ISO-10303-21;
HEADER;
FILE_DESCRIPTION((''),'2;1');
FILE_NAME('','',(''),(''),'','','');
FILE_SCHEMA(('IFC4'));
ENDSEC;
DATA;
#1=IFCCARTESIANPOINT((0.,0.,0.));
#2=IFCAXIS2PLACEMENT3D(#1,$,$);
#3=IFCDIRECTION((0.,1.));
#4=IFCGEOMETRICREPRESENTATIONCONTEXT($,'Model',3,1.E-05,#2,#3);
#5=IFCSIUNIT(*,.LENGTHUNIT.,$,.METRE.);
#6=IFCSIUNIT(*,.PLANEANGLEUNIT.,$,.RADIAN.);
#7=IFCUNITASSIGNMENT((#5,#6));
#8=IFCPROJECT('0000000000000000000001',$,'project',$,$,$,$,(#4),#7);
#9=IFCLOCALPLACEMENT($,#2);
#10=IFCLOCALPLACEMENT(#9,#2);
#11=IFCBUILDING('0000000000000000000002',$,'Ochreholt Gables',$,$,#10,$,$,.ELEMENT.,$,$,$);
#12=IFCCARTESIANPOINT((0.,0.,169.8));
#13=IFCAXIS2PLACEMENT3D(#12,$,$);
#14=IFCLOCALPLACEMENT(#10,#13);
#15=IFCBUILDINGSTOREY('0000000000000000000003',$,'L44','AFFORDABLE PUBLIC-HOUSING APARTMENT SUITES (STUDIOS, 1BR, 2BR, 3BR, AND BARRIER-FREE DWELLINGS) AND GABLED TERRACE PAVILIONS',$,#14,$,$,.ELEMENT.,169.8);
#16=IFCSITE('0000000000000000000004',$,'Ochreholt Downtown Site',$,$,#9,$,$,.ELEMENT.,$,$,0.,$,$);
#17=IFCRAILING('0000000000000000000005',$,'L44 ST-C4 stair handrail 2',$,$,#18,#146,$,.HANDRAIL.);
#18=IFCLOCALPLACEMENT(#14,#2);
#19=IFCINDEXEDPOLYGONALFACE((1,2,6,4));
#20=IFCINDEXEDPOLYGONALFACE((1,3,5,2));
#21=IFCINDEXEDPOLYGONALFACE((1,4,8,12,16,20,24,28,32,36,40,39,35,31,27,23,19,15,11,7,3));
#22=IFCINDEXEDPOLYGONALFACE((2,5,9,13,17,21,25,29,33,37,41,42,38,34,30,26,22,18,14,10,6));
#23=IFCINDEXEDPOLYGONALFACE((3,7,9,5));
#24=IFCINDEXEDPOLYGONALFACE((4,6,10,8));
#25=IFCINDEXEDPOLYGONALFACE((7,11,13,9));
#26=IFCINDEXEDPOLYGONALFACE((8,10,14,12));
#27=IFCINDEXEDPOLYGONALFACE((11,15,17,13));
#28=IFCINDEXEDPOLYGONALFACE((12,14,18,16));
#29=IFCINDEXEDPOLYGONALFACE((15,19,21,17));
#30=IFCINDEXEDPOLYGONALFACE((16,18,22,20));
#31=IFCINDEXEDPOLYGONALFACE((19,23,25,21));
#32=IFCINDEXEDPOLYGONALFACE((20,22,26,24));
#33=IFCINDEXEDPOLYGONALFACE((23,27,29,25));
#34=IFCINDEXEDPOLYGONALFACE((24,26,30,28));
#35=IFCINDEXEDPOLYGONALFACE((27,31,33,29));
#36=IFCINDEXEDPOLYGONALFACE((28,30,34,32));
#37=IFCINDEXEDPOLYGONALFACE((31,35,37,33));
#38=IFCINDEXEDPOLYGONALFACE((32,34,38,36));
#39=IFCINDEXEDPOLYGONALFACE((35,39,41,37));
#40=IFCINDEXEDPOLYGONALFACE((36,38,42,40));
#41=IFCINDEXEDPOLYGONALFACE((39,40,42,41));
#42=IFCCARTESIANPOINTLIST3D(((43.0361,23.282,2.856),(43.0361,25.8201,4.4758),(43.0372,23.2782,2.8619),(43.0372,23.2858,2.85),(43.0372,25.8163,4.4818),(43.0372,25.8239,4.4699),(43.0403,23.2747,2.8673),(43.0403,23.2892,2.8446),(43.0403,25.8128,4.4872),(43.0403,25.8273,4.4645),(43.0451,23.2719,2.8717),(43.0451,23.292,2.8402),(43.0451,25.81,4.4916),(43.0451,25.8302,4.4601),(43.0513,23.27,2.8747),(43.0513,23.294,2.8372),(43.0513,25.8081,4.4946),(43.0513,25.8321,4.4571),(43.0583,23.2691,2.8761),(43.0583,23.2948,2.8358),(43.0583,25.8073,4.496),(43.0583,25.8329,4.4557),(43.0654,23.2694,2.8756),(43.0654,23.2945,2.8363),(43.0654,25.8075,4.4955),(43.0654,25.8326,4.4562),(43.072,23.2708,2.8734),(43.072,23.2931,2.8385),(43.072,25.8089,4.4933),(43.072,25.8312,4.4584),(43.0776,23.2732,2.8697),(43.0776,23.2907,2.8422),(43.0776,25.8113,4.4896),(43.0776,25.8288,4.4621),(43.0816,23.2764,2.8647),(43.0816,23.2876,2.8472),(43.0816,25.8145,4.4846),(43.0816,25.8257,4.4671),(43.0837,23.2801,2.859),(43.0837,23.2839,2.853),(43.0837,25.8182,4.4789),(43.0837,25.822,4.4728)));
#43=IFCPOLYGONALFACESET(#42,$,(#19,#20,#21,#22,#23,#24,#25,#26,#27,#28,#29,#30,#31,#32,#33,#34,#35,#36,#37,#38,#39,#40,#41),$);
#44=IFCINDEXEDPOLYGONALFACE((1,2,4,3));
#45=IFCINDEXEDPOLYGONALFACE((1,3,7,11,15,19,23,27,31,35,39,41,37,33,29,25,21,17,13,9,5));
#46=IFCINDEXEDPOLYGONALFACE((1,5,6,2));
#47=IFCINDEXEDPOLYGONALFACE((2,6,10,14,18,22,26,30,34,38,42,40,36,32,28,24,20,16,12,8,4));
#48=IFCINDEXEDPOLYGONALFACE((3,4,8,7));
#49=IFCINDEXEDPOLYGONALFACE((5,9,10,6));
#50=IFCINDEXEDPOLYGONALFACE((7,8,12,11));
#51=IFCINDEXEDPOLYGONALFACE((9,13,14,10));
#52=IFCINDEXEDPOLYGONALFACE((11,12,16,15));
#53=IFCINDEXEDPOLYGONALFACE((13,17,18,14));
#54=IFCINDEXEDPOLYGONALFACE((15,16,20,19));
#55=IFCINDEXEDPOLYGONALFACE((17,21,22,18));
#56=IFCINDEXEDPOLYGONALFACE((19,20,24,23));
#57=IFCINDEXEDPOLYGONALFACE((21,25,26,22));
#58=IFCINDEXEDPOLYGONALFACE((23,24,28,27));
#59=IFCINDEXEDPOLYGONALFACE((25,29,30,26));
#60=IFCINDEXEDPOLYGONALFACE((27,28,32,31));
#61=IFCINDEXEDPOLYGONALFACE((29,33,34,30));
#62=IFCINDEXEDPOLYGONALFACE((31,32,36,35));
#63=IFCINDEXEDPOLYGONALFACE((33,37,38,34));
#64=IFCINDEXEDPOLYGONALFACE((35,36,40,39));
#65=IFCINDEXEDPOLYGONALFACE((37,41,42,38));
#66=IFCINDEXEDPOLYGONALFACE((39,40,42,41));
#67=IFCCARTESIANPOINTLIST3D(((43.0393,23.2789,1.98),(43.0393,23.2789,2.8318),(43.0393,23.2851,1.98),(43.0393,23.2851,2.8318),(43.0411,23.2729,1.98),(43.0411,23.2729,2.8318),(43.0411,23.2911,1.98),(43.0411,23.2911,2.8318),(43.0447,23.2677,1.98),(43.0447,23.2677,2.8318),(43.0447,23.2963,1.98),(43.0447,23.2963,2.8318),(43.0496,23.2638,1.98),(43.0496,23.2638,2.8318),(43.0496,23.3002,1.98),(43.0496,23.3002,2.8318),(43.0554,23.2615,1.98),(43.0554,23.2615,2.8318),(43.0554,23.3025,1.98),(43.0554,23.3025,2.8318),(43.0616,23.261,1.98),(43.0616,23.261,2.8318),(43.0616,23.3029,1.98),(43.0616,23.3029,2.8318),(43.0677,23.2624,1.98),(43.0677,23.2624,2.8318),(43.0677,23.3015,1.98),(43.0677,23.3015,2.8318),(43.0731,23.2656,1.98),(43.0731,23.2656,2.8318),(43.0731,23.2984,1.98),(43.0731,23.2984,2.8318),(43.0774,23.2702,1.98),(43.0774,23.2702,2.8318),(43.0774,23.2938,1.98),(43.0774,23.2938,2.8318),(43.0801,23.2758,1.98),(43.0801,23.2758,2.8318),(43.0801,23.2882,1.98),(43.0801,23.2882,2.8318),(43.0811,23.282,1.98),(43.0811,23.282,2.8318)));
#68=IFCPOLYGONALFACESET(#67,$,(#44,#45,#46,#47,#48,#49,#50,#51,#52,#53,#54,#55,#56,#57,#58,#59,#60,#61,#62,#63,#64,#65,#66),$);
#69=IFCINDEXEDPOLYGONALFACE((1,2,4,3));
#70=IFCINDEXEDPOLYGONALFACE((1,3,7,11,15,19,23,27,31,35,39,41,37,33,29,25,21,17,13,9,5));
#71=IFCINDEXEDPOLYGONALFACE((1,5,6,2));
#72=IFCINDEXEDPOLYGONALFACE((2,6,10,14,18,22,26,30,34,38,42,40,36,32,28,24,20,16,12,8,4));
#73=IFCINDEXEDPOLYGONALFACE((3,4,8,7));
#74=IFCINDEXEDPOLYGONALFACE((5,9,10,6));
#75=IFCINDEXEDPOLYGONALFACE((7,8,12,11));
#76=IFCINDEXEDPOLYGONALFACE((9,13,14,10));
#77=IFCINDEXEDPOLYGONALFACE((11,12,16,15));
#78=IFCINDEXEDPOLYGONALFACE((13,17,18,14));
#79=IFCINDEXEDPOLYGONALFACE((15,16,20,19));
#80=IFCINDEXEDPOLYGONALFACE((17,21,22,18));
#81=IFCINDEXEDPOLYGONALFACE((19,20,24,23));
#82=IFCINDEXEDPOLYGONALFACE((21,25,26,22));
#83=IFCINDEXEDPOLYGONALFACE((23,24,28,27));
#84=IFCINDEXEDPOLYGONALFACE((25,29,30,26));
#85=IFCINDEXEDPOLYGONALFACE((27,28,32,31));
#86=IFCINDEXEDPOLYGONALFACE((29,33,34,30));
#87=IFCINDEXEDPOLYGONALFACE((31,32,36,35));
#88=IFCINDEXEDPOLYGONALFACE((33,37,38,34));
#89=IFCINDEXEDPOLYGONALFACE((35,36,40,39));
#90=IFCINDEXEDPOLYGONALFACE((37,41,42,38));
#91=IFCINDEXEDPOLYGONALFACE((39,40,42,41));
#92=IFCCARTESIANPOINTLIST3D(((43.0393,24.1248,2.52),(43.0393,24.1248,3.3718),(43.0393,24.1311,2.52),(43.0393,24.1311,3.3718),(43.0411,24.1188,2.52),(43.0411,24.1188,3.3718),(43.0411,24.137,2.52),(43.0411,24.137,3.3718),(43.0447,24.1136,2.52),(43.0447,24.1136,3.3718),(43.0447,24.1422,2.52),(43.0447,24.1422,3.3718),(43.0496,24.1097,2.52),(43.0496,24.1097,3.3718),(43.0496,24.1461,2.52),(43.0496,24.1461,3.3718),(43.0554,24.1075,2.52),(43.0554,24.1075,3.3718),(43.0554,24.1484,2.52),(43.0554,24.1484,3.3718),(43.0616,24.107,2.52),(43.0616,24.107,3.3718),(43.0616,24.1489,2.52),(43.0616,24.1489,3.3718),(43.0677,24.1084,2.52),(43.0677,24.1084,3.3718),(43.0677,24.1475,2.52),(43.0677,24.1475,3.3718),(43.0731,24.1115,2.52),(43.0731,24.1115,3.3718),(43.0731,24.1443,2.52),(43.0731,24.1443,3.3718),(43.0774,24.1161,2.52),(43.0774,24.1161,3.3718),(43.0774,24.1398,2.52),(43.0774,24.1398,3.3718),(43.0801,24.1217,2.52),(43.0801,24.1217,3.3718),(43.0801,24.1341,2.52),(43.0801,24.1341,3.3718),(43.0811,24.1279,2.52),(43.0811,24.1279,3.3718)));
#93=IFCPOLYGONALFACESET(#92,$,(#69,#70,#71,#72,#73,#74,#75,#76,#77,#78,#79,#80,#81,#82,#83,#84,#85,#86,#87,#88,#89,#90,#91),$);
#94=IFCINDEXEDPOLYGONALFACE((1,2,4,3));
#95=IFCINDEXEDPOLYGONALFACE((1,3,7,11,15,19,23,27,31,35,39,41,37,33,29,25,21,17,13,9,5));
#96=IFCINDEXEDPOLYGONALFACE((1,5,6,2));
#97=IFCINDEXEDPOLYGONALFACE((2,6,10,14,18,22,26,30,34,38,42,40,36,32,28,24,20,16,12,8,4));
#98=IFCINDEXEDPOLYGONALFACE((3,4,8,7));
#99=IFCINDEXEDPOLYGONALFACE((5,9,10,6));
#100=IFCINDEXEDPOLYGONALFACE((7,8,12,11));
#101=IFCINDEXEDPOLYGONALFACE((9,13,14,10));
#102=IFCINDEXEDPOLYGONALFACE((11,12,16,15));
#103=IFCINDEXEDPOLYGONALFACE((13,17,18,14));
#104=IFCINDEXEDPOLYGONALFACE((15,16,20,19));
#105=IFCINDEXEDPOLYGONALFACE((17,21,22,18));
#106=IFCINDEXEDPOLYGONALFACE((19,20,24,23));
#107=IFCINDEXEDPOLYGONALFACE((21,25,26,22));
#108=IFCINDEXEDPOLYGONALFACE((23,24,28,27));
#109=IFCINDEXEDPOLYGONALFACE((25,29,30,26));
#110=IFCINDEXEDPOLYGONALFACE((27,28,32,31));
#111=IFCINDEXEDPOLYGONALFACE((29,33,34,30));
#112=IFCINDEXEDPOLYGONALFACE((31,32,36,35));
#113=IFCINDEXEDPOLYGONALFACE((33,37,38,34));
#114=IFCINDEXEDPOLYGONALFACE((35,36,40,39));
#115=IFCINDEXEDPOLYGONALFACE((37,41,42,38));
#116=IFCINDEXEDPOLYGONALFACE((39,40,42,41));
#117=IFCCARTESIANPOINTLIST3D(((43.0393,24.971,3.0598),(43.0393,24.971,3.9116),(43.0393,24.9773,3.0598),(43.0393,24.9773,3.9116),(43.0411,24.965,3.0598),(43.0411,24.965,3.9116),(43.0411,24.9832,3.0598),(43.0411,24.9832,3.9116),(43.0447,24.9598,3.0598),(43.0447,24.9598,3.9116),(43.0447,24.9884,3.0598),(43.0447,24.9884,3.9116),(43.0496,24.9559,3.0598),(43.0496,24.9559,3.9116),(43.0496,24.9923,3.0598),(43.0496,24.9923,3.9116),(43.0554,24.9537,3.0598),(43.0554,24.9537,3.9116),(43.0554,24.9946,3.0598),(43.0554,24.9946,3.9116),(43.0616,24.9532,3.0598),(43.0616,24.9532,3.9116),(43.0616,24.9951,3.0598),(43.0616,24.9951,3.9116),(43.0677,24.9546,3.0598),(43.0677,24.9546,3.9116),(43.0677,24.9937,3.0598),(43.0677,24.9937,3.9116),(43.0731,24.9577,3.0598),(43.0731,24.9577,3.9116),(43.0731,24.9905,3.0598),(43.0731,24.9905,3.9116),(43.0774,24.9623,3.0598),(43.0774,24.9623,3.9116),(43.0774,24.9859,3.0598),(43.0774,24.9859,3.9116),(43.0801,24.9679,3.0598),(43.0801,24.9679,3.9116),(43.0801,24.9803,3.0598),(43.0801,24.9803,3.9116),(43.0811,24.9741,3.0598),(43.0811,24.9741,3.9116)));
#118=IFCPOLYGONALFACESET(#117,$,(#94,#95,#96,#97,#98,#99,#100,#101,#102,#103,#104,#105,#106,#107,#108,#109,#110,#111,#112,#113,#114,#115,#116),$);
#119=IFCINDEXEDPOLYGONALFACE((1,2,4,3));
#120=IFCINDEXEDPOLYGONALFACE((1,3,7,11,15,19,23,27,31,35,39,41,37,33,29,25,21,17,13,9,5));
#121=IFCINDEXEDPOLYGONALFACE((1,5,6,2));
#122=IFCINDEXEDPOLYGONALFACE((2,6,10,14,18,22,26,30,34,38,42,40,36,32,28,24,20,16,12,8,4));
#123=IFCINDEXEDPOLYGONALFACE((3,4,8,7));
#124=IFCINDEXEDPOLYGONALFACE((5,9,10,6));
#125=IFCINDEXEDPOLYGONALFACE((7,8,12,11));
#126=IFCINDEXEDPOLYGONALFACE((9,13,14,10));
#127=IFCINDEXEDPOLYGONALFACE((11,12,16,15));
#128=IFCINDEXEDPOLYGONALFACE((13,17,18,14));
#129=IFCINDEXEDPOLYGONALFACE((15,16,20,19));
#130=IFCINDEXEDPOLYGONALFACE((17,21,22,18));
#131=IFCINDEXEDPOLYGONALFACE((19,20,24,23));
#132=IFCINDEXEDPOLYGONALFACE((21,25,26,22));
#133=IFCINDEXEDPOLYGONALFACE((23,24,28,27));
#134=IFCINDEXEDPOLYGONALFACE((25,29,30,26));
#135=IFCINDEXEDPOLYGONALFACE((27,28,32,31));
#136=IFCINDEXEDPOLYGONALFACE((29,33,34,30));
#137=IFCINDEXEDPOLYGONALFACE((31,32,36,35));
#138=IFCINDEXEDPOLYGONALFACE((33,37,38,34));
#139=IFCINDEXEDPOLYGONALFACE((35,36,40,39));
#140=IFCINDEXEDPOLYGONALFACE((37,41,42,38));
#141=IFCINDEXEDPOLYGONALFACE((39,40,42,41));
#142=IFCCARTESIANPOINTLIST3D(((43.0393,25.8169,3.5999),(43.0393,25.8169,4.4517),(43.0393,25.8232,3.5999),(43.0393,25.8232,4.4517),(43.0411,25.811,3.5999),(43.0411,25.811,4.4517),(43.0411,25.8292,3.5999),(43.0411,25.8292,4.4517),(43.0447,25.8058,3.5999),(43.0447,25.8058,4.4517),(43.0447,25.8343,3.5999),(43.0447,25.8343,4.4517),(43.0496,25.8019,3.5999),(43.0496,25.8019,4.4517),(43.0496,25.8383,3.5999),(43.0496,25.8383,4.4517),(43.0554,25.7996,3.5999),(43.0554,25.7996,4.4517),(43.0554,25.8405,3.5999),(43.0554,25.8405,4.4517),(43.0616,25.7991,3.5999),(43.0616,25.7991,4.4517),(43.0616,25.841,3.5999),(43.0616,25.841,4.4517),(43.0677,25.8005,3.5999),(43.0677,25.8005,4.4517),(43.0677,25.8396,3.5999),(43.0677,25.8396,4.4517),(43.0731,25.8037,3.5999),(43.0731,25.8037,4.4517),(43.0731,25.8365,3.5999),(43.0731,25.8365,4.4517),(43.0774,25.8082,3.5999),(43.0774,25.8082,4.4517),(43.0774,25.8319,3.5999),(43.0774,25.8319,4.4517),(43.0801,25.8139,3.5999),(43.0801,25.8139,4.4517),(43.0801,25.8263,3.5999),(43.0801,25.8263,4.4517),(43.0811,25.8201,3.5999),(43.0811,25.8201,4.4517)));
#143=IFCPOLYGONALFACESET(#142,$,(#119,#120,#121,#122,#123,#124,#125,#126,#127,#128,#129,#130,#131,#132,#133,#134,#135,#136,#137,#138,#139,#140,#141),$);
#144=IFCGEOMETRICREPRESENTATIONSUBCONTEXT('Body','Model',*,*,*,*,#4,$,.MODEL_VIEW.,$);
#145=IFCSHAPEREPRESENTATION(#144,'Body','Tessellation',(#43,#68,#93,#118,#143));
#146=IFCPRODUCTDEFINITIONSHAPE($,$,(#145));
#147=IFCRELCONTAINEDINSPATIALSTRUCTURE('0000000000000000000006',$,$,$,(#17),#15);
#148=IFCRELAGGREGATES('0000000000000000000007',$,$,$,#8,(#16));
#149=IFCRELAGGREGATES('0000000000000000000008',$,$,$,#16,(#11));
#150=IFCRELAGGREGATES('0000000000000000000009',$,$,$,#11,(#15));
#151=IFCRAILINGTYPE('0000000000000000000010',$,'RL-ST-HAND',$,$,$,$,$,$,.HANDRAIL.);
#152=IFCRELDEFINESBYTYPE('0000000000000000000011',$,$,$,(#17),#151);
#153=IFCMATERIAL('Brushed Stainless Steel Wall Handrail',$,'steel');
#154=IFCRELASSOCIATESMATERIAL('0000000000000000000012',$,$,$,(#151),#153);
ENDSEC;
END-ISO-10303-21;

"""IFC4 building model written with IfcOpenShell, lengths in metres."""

from ifc_helpers import new_model, si_unit, direction, frame, origin, origin_2d, place, context, subcontext, project, spatial, circle, extrude, material, type_object, element, save


model = new_model("IFC4")

# Units and contexts
model_context = context("Model", 3, precision=1e-05, world=origin(), true_north=direction((0.0, 1.0)))
body_context = subcontext(model_context, "Body", "Model", "MODEL_VIEW")
ifc_project = project(units=[si_unit("LENGTHUNIT", "METRE"), si_unit("PLANEANGLEUNIT", "RADIAN")], contexts=[model_context])

# Site, building, storey
site_placement = place(None, origin())
site = spatial("IfcSite", under=ifc_project, at=site_placement, Name="Ochreholt Downtown Site", CompositionType="ELEMENT", RefElevation=0.0)
building_placement = place(site_placement, origin())
building = spatial("IfcBuilding", under=site, at=building_placement, Name="Ochreholt Gables", CompositionType="ELEMENT")
storey_placement = place(building_placement, frame((0.0, 0.0, 169.8)))
storey = spatial("IfcBuildingStorey", under=building, at=storey_placement, Name="L44", Description="AFFORDABLE PUBLIC-HOUSING APARTMENT SUITES (STUDIOS, 1BR, 2BR, 3BR, AND BARRIER-FREE DWELLINGS) AND GABLED TERRACE PAVILIONS", CompositionType="ELEMENT", Elevation=169.8)

# Railing
ifc_material_1 = material(Name="Brushed Stainless Steel Wall Handrail", Category="steel")
railing_type_1 = type_object("IfcRailingType", Name="RL-ST-HAND", PredefinedType="HANDRAIL", material=ifc_material_1)
railing_1_placement = place(storey_placement, frame((43.0601, 23.282, 1.98)))
element("IfcRailing", 1, at=railing_1_placement, inside=storey, type_object=railing_type_1, Name="L44 ST-C4 stair handrail 2", PredefinedType="HANDRAIL", context=body_context, shape_type="SweptSolid", body=[
    extrude(circle(Radius=0.0239, at=origin_2d()), frame((0.0, 0.0, 0.876), z_axis=(0.0, 0.84295, 0.537993), x_axis=(-1.0, 0.0, 0.0)), (0.0, 0.0, 1.0), 3.011),
    extrude(circle(Radius=0.021, at=origin_2d()), origin(), (0.0, 0.0, 1.0), 0.8518),
    extrude(circle(Radius=0.021, at=origin_2d()), frame((0.0, 0.8459, 0.54)), (0.0, 0.0, 1.0), 0.8518),
    extrude(circle(Radius=0.021, at=origin_2d()), frame((0.0, 1.6921, 1.0798)), (0.0, 0.0, 1.0), 0.8518),
    extrude(circle(Radius=0.021, at=origin_2d()), frame((0.0, 2.5381, 1.6199)), (0.0, 0.0, 1.0), 0.8518),
])

save(model, "model.ifc")
